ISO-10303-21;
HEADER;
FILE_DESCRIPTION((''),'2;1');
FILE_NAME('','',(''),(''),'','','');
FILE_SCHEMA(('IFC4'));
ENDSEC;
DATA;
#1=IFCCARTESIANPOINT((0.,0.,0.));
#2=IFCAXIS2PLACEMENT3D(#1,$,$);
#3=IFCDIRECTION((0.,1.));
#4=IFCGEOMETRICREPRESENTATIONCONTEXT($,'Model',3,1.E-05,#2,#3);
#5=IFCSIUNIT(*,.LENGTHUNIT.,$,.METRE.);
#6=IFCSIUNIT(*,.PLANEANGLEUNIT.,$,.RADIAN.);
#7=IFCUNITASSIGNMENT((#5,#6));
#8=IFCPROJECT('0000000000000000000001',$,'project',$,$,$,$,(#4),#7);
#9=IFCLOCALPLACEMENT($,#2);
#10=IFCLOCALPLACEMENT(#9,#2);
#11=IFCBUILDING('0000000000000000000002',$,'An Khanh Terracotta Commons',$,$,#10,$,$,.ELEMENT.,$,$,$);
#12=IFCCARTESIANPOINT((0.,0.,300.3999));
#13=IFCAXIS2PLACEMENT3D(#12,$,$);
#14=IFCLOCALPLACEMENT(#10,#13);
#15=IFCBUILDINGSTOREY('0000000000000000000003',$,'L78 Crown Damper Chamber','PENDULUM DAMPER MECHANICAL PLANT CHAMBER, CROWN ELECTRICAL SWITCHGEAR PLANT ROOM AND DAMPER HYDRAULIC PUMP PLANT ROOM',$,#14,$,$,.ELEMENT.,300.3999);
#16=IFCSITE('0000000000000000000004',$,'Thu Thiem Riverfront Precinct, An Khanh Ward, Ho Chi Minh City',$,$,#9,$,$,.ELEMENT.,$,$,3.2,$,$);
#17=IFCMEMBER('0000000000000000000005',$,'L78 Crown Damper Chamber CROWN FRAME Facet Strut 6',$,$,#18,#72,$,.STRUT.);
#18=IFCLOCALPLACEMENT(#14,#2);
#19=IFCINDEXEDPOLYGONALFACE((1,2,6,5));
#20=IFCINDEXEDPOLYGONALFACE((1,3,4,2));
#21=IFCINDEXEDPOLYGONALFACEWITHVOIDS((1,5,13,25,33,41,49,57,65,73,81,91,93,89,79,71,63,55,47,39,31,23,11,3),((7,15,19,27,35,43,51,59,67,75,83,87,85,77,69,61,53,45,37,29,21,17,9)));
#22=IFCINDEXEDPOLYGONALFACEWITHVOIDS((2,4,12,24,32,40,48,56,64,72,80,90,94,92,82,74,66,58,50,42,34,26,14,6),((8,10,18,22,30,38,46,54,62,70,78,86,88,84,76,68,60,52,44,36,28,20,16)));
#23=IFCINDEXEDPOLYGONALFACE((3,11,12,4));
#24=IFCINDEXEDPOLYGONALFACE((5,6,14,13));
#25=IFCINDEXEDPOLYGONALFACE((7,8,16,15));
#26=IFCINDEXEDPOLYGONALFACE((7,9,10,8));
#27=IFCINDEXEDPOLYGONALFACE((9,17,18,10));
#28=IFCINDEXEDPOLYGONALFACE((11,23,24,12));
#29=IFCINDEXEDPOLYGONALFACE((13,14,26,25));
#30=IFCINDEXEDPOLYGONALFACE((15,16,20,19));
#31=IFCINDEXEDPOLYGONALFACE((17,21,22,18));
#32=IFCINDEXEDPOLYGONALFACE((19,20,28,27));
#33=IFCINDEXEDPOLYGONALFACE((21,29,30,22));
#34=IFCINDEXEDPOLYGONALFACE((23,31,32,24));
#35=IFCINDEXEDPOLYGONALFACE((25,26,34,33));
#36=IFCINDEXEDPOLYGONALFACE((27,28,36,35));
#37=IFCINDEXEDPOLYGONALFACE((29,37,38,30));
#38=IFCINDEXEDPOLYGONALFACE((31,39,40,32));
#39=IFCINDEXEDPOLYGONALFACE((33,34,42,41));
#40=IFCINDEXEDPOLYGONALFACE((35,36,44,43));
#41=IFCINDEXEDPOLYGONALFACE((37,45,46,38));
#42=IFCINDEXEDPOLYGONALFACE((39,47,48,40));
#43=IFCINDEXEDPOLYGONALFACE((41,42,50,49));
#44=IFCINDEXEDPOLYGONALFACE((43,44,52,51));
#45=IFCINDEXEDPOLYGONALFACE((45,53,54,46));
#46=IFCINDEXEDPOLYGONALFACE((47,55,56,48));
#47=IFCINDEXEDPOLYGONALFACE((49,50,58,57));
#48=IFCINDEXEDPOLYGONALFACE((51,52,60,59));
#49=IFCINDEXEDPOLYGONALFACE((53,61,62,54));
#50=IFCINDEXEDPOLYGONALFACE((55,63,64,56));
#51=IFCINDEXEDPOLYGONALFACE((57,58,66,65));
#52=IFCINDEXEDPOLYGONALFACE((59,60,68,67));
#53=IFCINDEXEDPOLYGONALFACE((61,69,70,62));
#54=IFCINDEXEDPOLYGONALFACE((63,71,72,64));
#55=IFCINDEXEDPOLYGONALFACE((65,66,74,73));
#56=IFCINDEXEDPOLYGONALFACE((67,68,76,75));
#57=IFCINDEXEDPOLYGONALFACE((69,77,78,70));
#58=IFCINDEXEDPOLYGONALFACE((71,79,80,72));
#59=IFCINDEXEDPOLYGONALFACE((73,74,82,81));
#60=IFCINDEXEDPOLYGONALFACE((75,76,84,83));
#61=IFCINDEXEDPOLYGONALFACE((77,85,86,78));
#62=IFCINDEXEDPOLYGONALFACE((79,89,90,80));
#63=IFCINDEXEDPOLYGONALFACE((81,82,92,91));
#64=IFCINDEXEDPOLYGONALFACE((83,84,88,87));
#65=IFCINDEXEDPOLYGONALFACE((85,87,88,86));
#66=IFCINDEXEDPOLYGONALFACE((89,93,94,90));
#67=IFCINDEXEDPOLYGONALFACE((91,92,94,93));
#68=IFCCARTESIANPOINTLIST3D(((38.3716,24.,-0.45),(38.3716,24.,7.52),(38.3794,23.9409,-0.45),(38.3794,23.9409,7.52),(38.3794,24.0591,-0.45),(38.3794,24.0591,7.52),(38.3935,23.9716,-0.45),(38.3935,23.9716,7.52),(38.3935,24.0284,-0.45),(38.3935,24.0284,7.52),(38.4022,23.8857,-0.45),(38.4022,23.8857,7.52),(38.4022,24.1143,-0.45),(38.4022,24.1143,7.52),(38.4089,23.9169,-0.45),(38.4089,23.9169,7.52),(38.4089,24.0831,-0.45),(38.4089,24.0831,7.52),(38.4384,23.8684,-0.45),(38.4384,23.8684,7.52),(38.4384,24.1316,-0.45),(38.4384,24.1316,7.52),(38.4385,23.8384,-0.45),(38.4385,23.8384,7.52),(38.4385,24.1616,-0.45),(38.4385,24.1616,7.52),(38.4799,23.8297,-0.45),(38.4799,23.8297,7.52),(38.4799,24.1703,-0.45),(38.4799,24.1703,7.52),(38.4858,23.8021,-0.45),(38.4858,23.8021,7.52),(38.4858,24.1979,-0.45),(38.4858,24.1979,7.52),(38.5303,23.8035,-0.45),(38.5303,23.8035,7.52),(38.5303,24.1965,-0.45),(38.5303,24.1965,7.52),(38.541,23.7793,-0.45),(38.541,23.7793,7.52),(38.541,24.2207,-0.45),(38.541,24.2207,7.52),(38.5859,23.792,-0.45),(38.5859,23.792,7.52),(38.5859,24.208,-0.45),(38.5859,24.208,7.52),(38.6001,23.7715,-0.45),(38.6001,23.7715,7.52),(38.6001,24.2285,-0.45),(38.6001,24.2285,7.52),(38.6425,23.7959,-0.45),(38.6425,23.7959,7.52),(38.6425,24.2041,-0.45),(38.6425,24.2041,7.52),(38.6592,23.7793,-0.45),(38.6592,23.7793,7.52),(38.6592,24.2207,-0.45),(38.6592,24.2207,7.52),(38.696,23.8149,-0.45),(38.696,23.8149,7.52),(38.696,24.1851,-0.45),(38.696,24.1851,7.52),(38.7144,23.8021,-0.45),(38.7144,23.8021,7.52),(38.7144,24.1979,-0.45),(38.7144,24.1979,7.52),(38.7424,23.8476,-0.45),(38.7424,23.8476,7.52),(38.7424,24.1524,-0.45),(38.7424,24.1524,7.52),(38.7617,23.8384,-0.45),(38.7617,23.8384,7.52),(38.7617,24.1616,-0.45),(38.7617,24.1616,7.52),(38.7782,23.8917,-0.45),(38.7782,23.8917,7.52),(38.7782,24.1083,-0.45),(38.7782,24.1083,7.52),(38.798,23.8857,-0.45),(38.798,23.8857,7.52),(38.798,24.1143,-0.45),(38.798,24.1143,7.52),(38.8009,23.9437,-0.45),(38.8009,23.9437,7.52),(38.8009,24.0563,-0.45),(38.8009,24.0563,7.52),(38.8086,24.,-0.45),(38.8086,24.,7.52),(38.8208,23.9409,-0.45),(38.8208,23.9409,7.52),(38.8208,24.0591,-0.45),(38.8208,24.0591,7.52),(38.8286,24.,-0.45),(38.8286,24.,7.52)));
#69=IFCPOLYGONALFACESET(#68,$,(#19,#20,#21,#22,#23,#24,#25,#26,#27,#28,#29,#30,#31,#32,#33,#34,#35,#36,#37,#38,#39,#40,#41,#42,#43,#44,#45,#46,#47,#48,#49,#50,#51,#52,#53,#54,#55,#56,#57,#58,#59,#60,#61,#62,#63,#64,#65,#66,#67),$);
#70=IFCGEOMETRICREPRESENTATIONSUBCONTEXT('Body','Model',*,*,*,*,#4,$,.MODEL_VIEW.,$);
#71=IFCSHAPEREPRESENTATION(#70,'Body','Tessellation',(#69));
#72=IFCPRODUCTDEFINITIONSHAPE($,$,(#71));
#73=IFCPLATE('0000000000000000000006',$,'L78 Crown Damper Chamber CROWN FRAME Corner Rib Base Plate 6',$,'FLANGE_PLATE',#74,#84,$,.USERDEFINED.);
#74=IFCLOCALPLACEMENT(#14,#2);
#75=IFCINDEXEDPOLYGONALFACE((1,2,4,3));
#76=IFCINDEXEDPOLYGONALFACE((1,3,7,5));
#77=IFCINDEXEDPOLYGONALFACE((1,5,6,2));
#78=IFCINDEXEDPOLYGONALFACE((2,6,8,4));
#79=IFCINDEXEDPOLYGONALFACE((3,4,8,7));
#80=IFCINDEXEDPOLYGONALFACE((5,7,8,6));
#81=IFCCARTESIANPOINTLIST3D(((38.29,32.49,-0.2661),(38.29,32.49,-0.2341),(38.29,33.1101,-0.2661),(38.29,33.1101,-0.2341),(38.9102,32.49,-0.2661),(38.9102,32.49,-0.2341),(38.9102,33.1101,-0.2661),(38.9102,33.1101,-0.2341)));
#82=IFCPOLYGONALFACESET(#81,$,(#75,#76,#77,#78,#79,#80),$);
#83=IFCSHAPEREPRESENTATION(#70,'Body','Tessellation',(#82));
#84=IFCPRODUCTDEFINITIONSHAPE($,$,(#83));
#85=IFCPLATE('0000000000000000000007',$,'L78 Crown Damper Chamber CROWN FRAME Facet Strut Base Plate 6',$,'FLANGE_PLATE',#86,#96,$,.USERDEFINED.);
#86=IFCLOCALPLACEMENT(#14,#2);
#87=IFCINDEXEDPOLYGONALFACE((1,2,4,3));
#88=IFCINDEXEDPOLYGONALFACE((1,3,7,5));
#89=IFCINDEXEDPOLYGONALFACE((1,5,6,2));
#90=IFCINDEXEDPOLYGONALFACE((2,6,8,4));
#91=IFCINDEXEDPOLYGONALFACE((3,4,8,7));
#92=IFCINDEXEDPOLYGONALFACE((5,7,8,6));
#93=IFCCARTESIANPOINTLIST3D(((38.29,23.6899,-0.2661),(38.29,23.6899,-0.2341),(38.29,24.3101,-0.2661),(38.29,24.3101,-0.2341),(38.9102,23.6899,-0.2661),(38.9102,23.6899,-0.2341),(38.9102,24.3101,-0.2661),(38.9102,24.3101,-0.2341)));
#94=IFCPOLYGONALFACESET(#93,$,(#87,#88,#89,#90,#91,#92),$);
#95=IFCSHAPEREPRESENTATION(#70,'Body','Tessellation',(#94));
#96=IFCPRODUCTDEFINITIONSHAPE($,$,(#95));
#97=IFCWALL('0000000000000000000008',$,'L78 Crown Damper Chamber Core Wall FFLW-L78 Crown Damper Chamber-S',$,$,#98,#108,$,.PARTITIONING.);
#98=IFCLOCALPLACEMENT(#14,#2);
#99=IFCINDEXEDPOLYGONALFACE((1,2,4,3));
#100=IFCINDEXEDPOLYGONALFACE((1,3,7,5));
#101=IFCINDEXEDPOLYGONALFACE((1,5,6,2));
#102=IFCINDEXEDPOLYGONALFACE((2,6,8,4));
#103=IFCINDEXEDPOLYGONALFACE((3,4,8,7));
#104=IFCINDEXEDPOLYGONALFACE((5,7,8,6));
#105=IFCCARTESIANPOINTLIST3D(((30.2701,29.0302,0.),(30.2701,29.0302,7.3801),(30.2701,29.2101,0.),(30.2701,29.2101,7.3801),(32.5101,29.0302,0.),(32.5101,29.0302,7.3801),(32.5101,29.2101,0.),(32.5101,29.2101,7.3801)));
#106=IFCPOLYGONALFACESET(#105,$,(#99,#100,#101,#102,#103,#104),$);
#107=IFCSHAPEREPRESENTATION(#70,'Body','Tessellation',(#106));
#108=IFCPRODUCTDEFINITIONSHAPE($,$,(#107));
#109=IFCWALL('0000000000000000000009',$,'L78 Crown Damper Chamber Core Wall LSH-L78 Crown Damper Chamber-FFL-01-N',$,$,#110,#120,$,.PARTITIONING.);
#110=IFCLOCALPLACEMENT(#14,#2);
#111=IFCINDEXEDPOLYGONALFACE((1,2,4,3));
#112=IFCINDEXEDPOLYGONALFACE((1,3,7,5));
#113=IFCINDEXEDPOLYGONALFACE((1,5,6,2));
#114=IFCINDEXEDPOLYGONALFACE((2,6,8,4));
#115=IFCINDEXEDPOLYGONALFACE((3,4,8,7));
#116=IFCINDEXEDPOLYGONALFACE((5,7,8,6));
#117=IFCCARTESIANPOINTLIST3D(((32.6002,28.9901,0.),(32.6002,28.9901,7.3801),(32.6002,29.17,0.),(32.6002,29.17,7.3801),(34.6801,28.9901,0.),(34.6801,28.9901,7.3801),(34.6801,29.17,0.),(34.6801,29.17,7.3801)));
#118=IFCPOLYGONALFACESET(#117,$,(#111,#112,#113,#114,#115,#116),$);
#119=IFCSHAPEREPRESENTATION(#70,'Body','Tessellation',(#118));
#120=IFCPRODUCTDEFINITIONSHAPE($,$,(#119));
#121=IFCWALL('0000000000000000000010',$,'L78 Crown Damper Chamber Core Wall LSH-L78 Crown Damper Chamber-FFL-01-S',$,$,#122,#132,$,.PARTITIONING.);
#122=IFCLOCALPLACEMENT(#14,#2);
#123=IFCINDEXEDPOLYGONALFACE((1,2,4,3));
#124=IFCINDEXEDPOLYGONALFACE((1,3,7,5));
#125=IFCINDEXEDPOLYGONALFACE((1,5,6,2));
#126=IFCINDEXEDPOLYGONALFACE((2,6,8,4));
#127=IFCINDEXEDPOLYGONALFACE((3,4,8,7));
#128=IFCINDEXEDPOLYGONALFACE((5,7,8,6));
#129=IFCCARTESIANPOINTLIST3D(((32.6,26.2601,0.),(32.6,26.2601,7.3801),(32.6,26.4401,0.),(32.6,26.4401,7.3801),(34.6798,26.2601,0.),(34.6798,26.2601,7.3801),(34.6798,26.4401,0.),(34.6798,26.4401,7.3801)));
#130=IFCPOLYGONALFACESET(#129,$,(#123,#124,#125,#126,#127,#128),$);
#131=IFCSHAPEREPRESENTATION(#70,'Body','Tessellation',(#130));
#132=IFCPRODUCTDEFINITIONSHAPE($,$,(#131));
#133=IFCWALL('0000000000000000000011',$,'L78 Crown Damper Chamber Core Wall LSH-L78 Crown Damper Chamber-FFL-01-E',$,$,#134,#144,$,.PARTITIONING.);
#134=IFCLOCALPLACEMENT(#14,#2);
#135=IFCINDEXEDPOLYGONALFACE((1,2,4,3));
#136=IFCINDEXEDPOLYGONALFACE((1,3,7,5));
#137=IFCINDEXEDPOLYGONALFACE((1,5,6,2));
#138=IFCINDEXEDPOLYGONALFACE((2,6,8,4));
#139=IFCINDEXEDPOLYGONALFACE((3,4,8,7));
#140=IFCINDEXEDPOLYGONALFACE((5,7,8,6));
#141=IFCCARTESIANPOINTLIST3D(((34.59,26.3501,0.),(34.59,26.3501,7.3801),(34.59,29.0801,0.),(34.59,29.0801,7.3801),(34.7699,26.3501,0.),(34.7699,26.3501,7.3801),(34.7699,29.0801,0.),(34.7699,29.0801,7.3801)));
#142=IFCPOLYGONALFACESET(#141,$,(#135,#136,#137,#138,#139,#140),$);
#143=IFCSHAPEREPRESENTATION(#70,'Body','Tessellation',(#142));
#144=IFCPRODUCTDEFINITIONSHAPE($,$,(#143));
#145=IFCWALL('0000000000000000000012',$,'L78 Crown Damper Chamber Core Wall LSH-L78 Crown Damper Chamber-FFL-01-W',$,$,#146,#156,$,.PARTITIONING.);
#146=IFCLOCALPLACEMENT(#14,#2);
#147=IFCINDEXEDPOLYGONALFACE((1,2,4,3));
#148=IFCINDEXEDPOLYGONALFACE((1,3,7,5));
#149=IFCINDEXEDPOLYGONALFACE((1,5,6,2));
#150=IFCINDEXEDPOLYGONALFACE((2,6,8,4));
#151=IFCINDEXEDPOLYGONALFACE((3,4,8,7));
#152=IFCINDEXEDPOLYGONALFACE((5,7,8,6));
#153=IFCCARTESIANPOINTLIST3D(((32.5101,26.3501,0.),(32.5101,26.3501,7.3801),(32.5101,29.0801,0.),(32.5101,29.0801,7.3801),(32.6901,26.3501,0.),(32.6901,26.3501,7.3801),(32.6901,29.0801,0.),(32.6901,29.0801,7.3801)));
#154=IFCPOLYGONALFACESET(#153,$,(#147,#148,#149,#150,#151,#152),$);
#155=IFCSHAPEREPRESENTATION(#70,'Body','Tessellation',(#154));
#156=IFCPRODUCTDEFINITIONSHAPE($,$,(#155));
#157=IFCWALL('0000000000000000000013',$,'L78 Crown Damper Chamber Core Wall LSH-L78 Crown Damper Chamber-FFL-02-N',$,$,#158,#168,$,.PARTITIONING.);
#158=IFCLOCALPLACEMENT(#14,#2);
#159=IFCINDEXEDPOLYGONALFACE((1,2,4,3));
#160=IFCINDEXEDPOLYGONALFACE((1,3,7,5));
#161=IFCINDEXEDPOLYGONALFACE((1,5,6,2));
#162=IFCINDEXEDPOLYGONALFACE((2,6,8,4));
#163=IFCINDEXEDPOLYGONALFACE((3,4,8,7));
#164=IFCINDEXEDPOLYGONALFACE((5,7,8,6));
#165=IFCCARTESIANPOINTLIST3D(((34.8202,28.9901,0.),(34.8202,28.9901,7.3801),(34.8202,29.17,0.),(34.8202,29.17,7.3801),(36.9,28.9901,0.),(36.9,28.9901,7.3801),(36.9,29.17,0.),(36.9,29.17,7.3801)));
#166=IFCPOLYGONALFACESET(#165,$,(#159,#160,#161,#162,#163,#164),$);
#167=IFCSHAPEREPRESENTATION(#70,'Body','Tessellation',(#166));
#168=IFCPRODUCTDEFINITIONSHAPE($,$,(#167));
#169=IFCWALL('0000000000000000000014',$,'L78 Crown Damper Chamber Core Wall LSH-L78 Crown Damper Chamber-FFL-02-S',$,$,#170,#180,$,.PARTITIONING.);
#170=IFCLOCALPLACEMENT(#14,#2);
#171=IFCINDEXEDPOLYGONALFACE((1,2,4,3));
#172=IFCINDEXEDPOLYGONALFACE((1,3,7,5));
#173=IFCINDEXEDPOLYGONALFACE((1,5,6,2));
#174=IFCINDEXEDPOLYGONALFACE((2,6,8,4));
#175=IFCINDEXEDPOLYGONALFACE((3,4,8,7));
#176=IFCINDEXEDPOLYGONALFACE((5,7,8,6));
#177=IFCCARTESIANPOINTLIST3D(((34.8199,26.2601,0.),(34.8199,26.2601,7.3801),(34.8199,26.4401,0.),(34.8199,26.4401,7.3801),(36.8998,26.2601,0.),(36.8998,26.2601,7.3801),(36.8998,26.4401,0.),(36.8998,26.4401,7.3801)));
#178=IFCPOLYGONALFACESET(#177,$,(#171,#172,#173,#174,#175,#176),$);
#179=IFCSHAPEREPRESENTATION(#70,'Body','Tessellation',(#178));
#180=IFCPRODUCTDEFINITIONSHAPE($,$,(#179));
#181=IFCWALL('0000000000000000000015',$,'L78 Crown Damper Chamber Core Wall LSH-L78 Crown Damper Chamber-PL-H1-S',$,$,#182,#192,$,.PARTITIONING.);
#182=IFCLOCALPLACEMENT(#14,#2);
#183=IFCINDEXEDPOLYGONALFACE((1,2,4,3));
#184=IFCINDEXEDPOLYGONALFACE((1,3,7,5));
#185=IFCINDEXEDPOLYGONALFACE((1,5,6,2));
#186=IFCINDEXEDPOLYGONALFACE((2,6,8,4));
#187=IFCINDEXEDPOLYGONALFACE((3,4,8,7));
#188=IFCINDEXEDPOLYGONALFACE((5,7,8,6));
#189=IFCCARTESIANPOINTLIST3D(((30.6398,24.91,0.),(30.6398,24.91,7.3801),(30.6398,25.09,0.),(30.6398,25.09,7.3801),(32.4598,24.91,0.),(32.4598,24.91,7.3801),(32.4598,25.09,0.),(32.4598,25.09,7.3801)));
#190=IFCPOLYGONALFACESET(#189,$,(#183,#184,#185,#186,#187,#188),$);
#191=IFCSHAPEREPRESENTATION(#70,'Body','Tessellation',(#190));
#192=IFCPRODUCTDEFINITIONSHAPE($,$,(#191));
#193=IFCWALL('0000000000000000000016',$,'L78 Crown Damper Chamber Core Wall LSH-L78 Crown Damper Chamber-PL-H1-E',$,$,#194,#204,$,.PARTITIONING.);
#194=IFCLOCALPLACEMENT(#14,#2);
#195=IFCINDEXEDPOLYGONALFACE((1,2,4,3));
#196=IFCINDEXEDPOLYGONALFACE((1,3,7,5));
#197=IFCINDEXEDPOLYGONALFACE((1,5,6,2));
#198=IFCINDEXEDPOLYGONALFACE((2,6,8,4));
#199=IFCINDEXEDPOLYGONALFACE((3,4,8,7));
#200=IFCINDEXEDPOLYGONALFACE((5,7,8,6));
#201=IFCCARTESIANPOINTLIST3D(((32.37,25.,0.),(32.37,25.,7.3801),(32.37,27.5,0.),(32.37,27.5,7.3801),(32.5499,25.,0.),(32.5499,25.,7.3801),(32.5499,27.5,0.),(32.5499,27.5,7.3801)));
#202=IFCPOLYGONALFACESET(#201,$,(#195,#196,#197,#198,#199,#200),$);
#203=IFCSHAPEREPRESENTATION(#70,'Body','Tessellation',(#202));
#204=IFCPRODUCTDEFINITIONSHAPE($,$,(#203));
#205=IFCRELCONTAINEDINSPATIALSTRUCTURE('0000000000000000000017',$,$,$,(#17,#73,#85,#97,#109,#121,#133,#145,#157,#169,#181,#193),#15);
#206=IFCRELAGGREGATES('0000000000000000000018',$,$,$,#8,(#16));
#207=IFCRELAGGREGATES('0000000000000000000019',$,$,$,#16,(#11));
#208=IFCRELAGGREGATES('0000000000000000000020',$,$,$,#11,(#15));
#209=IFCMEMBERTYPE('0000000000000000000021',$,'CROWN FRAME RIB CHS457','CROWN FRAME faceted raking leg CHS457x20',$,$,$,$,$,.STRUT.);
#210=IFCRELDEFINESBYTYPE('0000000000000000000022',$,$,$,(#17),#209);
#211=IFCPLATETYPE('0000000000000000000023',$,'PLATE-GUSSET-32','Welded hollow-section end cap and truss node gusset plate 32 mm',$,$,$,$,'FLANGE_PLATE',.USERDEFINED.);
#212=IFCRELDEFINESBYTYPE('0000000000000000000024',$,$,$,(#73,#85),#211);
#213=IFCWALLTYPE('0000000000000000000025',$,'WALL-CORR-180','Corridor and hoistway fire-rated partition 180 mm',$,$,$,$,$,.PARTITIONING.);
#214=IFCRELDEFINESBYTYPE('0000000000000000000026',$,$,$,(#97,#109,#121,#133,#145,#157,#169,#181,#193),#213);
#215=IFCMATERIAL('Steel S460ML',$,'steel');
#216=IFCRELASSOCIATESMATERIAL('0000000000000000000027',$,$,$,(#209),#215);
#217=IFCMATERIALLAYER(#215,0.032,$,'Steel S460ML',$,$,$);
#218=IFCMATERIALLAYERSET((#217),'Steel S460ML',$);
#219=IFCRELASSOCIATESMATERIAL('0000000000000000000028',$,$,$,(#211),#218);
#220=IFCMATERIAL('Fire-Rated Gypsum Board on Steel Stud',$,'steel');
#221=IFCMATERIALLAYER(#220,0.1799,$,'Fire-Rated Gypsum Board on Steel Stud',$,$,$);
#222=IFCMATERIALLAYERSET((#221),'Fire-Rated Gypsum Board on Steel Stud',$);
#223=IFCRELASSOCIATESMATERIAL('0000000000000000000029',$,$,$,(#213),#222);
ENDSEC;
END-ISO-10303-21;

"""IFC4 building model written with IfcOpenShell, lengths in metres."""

from ifc_helpers import new_model, si_unit, direction, frame, frame_2d, origin, origin_2d, place, context, subcontext, project, spatial, rectangle, hollow_circle, extrude, material, layer, layer_set, material_profile, profile_set, type_object, element, save


model = new_model("IFC4")

# Units and contexts
model_context = context("Model", 3, precision=1e-05, world=origin(), true_north=direction((0.0, 1.0)))
body_context = subcontext(model_context, "Body", "Model", "MODEL_VIEW")
ifc_project = project(units=[si_unit("LENGTHUNIT", "METRE"), si_unit("PLANEANGLEUNIT", "RADIAN")], contexts=[model_context])

# Site, building, storey
site_placement = place(None, origin())
site = spatial("IfcSite", under=ifc_project, at=site_placement, Name="Thu Thiem Riverfront Precinct, An Khanh Ward, Ho Chi Minh City", CompositionType="ELEMENT", RefElevation=3.2)
building_placement = place(site_placement, origin())
building = spatial("IfcBuilding", under=site, at=building_placement, Name="An Khanh Terracotta Commons", CompositionType="ELEMENT")
storey_placement = place(building_placement, frame((0.0, 0.0, 300.3999)))
storey = spatial("IfcBuildingStorey", under=building, at=storey_placement, Name="L78 Crown Damper Chamber", Description="PENDULUM DAMPER MECHANICAL PLANT CHAMBER, CROWN ELECTRICAL SWITCHGEAR PLANT ROOM AND DAMPER HYDRAULIC PUMP PLANT ROOM", CompositionType="ELEMENT", Elevation=300.3999)

# Member
ifc_material_1 = material(Name="Steel S460ML", Category="steel")
ifc_material_profile_1 = material_profile(ifc_material_1, hollow_circle(Radius=0.2285, WallThickness=0.02, at=origin_2d()), Name="CHS457x20")
ifc_profile_set_1 = profile_set([ifc_material_profile_1], Name="Steel S460ML")
member_type = type_object("IfcMemberType", Name="CROWN FRAME RIB CHS457", Description="CROWN FRAME faceted raking leg CHS457x20", PredefinedType="STRUT", material=ifc_profile_set_1)
for number, where, z_axis, x_axis, name in (
    (1, (38.6001, 24.0, -0.45), (0.0, 0.0, 1.0), (1.0, 0.0, 0.0), "L78 Crown Damper Chamber CROWN FRAME Facet Strut 6"),
):
    element("IfcMember", number, at=place(storey_placement, frame(where, z_axis=z_axis, x_axis=x_axis)), inside=storey, type_object=member_type, Name=name, PredefinedType="STRUT", context=body_context, shape_type="SweptSolid", body=[
        extrude(hollow_circle(Radius=0.2285, WallThickness=0.02, at=origin_2d()), origin(), (0.0, 0.0, 1.0), 7.97),
    ])

# Plates
ifc_layer_1 = layer(ifc_material_1, 0.032, Name="Steel S460ML")
ifc_layer_set_1 = layer_set([ifc_layer_1], Name="Steel S460ML")
plate_type = type_object("IfcPlateType", Name="PLATE-GUSSET-32", Description="Welded hollow-section end cap and truss node gusset plate 32 mm", ElementType="FLANGE_PLATE", PredefinedType="USERDEFINED", material=ifc_layer_set_1)
for number, where, z_axis, x_axis, name in (
    (2, (38.6001, 32.8, -0.2661), (0.0, 0.0, 1.0), (1.0, 0.0, 0.0), "L78 Crown Damper Chamber CROWN FRAME Corner Rib Base Plate 6"),
    (3, (38.6001, 24.0, -0.2661), (0.0, 0.0, 1.0), (1.0, 0.0, 0.0), "L78 Crown Damper Chamber CROWN FRAME Facet Strut Base Plate 6"),
):
    element("IfcPlate", number, at=place(storey_placement, frame(where, z_axis=z_axis, x_axis=x_axis)), inside=storey, type_object=plate_type, Name=name, ObjectType="FLANGE_PLATE", PredefinedType="USERDEFINED", context=body_context, shape_type="SweptSolid", body=[
        extrude(rectangle(XDim=0.6201, YDim=0.6201, at=origin_2d()), origin(), (0.0, 0.0, 1.0), 0.032),
    ])

# Walls
ifc_material_2 = material(Name="Fire-Rated Gypsum Board on Steel Stud", Category="steel")
ifc_layer_2 = layer(ifc_material_2, 0.1799, Name="Fire-Rated Gypsum Board on Steel Stud")
ifc_layer_set_2 = layer_set([ifc_layer_2], Name="Fire-Rated Gypsum Board on Steel Stud")
wall_type_1 = type_object("IfcWallType", Name="WALL-CORR-180", Description="Corridor and hoistway fire-rated partition 180 mm", PredefinedType="PARTITIONING", material=ifc_layer_set_2)
wall_1_placement = place(storey_placement, frame((30.27, 29.1201, 0.0), z_axis=(0.0, 0.0, 1.0), x_axis=(1.0, 0.0, 0.0)))
element("IfcWall", 4, at=wall_1_placement, inside=storey, type_object=wall_type_1, Name="L78 Crown Damper Chamber Core Wall FFLW-L78 Crown Damper Chamber-S", PredefinedType="PARTITIONING", context=body_context, shape_type="SweptSolid", body=[
    extrude(rectangle(XDim=2.24, YDim=0.1799, at=frame_2d((1.1201, 0.0))), origin(), (0.0, 0.0, 1.0), 7.3801),
])
for number, where, z_axis, x_axis, name in (
    (5, (32.6001, 29.0801, 0.0), (0.0, 0.0, 1.0), (1.0, 0.0, 0.0), "L78 Crown Damper Chamber Core Wall LSH-L78 Crown Damper Chamber-FFL-01-N"),
    (6, (34.6799, 26.3501, 0.0), (0.0, 0.0, 1.0), (-1.0, 0.0, 0.0), "L78 Crown Damper Chamber Core Wall LSH-L78 Crown Damper Chamber-FFL-01-S"),
):
    element("IfcWall", number, at=place(storey_placement, frame(where, z_axis=z_axis, x_axis=x_axis)), inside=storey, type_object=wall_type_1, Name=name, PredefinedType="PARTITIONING", context=body_context, shape_type="SweptSolid", body=[
        extrude(rectangle(XDim=2.0798, YDim=0.1799, at=frame_2d((1.04, 0.0))), origin(), (0.0, 0.0, 1.0), 7.3801),
    ])
for number, where, z_axis, x_axis, name in (
    (7, (34.6799, 26.3501, 0.0), (0.0, 0.0, 1.0), (0.0, 1.0, 0.0), "L78 Crown Damper Chamber Core Wall LSH-L78 Crown Damper Chamber-FFL-01-E"),
    (8, (32.6001, 29.0801, 0.0), (0.0, 0.0, 1.0), (0.0, -1.0, 0.0), "L78 Crown Damper Chamber Core Wall LSH-L78 Crown Damper Chamber-FFL-01-W"),
):
    element("IfcWall", number, at=place(storey_placement, frame(where, z_axis=z_axis, x_axis=x_axis)), inside=storey, type_object=wall_type_1, Name=name, PredefinedType="PARTITIONING", context=body_context, shape_type="SweptSolid", body=[
        extrude(rectangle(XDim=2.73, YDim=0.1799, at=frame_2d((1.365, 0.0))), origin(), (0.0, 0.0, 1.0), 7.3801),
    ])
for number, where, z_axis, x_axis, name in (
    (9, (34.8201, 29.0801, 0.0), (0.0, 0.0, 1.0), (1.0, 0.0, 0.0), "L78 Crown Damper Chamber Core Wall LSH-L78 Crown Damper Chamber-FFL-02-N"),
    (10, (36.8999, 26.3501, 0.0), (0.0, 0.0, 1.0), (-1.0, 0.0, 0.0), "L78 Crown Damper Chamber Core Wall LSH-L78 Crown Damper Chamber-FFL-02-S"),
):
    element("IfcWall", number, at=place(storey_placement, frame(where, z_axis=z_axis, x_axis=x_axis)), inside=storey, type_object=wall_type_1, Name=name, PredefinedType="PARTITIONING", context=body_context, shape_type="SweptSolid", body=[
        extrude(rectangle(XDim=2.0798, YDim=0.1799, at=frame_2d((1.04, 0.0))), origin(), (0.0, 0.0, 1.0), 7.3801),
    ])
wall_2_placement = place(storey_placement, frame((32.46, 25.0, 0.0), z_axis=(0.0, 0.0, 1.0), x_axis=(-1.0, 0.0, 0.0)))
element("IfcWall", 11, at=wall_2_placement, inside=storey, type_object=wall_type_1, Name="L78 Crown Damper Chamber Core Wall LSH-L78 Crown Damper Chamber-PL-H1-S", PredefinedType="PARTITIONING", context=body_context, shape_type="SweptSolid", body=[
    extrude(rectangle(XDim=1.8201, YDim=0.1799, at=frame_2d((0.9102, 0.0))), origin(), (0.0, 0.0, 1.0), 7.3801),
])
for number, where, z_axis, x_axis, name in (
    (12, (32.46, 25.0, 0.0), (0.0, 0.0, 1.0), (0.0, 1.0, 0.0), "L78 Crown Damper Chamber Core Wall LSH-L78 Crown Damper Chamber-PL-H1-E"),
):
    element("IfcWall", number, at=place(storey_placement, frame(where, z_axis=z_axis, x_axis=x_axis)), inside=storey, type_object=wall_type_1, Name=name, PredefinedType="PARTITIONING", context=body_context, shape_type="SweptSolid", body=[
        extrude(rectangle(XDim=2.5, YDim=0.1799, at=frame_2d((1.25, 0.0))), origin(), (0.0, 0.0, 1.0), 7.3801),
    ])

save(model, "model.ifc")
